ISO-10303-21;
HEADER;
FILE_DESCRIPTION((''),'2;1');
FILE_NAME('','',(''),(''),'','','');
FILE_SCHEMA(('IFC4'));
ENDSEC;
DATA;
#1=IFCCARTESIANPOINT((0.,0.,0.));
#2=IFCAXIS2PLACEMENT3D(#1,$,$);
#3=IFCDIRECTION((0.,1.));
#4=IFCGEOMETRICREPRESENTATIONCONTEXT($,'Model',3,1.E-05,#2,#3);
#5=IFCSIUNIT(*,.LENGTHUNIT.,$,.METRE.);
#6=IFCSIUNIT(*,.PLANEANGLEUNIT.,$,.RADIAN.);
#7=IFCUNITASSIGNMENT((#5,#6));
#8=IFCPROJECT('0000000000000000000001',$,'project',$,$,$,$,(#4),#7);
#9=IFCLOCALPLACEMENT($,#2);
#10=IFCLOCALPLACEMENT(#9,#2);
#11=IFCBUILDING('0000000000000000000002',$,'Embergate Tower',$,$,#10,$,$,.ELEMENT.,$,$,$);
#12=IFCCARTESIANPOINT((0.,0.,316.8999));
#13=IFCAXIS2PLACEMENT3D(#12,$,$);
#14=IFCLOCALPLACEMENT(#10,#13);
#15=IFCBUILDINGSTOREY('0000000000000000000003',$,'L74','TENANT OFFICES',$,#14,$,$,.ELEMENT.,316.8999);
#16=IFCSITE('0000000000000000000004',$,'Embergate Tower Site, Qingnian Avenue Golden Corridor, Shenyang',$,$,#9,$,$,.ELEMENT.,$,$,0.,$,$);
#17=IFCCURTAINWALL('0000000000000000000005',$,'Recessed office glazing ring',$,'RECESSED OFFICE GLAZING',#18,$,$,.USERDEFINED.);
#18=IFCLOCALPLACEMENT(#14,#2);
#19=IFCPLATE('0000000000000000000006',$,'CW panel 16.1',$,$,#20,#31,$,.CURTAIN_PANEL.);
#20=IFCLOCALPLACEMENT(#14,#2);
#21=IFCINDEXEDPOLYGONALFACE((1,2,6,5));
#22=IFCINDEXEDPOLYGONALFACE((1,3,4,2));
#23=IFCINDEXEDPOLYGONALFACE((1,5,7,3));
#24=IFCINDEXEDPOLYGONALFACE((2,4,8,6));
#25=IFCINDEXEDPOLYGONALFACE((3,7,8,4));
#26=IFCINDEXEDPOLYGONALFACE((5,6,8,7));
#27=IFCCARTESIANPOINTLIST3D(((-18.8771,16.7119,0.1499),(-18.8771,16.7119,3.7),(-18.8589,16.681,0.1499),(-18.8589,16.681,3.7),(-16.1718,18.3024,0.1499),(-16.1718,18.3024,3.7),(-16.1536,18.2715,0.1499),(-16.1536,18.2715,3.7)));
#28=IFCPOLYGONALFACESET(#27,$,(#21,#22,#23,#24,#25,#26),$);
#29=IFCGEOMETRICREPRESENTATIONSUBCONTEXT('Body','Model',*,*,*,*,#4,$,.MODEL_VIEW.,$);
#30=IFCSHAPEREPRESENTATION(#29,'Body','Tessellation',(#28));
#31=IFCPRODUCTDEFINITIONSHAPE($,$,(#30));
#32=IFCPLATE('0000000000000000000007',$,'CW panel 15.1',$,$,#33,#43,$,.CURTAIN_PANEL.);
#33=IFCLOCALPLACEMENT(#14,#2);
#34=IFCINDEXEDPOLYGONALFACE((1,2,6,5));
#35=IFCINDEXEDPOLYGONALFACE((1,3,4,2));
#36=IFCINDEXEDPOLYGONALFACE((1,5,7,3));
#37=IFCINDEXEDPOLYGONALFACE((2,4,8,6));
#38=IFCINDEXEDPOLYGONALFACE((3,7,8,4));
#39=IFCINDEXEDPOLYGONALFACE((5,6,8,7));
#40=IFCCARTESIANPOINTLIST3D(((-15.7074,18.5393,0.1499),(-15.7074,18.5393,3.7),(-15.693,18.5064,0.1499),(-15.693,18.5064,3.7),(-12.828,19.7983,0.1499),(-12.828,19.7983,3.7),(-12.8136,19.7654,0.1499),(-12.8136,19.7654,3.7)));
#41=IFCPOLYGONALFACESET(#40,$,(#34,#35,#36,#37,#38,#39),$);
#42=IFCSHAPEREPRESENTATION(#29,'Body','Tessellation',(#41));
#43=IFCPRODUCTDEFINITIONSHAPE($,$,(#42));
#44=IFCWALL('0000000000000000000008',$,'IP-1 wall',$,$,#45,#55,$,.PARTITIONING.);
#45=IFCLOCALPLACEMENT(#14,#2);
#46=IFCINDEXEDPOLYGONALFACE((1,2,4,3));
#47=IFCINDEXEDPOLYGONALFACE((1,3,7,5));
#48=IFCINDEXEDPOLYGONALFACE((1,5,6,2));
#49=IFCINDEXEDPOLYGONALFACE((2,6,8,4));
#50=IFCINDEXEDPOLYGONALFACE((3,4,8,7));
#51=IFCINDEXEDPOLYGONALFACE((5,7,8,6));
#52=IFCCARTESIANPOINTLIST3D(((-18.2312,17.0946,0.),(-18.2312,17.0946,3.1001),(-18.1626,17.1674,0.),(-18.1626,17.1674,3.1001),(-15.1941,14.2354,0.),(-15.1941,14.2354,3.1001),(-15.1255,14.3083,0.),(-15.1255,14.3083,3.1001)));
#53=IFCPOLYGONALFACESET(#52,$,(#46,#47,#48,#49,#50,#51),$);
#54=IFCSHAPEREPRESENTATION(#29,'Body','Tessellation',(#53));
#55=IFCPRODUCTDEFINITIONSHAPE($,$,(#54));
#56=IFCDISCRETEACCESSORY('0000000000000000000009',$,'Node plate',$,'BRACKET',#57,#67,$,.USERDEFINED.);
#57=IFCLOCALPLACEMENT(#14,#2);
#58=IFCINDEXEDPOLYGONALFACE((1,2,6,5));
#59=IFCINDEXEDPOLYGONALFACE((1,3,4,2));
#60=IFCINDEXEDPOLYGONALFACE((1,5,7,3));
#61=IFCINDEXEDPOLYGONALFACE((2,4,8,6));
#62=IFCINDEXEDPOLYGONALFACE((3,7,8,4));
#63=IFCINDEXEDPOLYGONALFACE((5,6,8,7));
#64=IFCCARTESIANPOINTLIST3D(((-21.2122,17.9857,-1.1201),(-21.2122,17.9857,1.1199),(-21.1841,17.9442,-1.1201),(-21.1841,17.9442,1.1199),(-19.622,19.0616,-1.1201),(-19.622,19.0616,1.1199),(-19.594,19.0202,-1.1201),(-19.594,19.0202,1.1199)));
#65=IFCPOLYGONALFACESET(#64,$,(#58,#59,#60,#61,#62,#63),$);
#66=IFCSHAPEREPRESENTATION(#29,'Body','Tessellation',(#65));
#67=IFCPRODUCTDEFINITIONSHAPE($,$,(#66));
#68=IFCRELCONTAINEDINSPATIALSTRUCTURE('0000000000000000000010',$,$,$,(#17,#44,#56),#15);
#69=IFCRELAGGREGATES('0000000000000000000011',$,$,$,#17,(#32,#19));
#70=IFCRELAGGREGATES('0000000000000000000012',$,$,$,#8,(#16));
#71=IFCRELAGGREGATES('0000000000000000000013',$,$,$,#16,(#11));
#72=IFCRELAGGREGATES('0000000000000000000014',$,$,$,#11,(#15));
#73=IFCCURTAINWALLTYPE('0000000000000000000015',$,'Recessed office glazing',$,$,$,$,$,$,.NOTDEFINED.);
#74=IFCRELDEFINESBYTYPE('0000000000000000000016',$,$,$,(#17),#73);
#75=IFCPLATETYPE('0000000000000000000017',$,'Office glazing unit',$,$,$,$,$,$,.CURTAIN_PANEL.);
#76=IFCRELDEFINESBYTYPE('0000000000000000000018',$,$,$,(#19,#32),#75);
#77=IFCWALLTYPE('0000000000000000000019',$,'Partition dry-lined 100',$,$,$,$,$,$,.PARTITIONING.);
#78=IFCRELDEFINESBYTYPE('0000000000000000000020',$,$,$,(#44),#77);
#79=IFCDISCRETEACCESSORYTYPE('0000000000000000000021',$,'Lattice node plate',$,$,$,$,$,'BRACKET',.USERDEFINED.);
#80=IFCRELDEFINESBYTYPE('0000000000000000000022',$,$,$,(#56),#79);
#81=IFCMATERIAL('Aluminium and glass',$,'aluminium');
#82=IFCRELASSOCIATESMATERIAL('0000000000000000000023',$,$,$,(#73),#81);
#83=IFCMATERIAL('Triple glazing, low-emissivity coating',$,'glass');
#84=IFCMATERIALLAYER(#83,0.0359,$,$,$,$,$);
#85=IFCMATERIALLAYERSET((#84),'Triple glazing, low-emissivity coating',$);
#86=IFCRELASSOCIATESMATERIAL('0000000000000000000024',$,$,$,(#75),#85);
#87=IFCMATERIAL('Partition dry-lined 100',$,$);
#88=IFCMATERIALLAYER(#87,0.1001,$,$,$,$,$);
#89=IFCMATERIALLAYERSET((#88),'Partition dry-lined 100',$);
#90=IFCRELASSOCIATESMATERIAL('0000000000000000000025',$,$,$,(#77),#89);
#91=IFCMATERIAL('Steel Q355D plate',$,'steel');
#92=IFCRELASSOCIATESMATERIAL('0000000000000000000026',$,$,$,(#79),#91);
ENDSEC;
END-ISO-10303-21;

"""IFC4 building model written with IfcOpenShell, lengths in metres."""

from ifc_helpers import new_model, si_unit, direction, frame, frame_2d, origin, origin_2d, place, context, subcontext, project, spatial, rectangle, extrude, source, transform, mapped, material, layer, layer_set, type_object, element, aggregate, save


model = new_model("IFC4")

# Units and contexts
model_context = context("Model", 3, precision=1e-05, world=origin(), true_north=direction((0.0, 1.0)))
body_context = subcontext(model_context, "Body", "Model", "MODEL_VIEW")
ifc_project = project(units=[si_unit("LENGTHUNIT", "METRE"), si_unit("PLANEANGLEUNIT", "RADIAN")], contexts=[model_context])

# Site, building, storey
site_placement = place(None, origin())
site = spatial("IfcSite", under=ifc_project, at=site_placement, Name="Embergate Tower Site, Qingnian Avenue Golden Corridor, Shenyang", CompositionType="ELEMENT", RefElevation=0.0)
building_placement = place(site_placement, origin())
building = spatial("IfcBuilding", under=site, at=building_placement, Name="Embergate Tower", CompositionType="ELEMENT")
storey_placement = place(building_placement, frame((0.0, 0.0, 316.8999)))
storey = spatial("IfcBuildingStorey", under=building, at=storey_placement, Name="L74", Description="TENANT OFFICES", CompositionType="ELEMENT", Elevation=316.8999)

# Curtain wall, plates
ifc_material_1 = material(Name="Aluminium and glass", Category="aluminium")
curtain_wall_type = type_object("IfcCurtainWallType", Name="Recessed office glazing", PredefinedType="NOTDEFINED", material=ifc_material_1)
curtain_wall_placement = place(storey_placement, origin())
curtain_wall = element("IfcCurtainWall", 1, at=curtain_wall_placement, inside=storey, type_object=curtain_wall_type, Name="Recessed office glazing ring", ObjectType="RECESSED OFFICE GLAZING", PredefinedType="USERDEFINED")
ifc_material_2 = material(Name="Triple glazing, low-emissivity coating", Category="glass")
ifc_layer_1 = layer(ifc_material_2, 0.0359)
ifc_layer_set_1 = layer_set([ifc_layer_1], Name="Triple glazing, low-emissivity coating")
plate_type = type_object("IfcPlateType", Name="Office glazing unit", PredefinedType="CURTAIN_PANEL", material=ifc_layer_set_1)
shared_shape_1 = source(origin(), body_context, "Body", "SweptSolid", [
    extrude(rectangle(XDim=3.1382, YDim=0.0359, at=origin_2d()), origin(), (0.0, 0.0, 1.0), 3.55),
])
plate_1_placement = place(storey_placement, frame((-17.5154, 17.4917, 0.1499), z_axis=(0.0, 0.0, 1.0), x_axis=(-0.862051, -0.506821, 0.0)))
plate_1 = element("IfcPlate", 2, at=plate_1_placement, type_object=plate_type, Name="CW panel 16.1", PredefinedType="CURTAIN_PANEL", context=body_context, shape_type="MappedRepresentation", body=[
    mapped(shared_shape_1, transform((0.0, 0.0, 0.0))),
])
shared_shape_2 = source(origin(), body_context, "Body", "SweptSolid", [
    extrude(rectangle(XDim=3.1426, YDim=0.0359, at=origin_2d()), origin(), (0.0, 0.0, 1.0), 3.55),
])
plate_2_placement = place(storey_placement, frame((-14.2605, 19.1523, 0.1499), z_axis=(0.0, 0.0, 1.0), x_axis=(-0.916235, -0.400642, 0.0)))
plate_2 = element("IfcPlate", 3, at=plate_2_placement, type_object=plate_type, Name="CW panel 15.1", PredefinedType="CURTAIN_PANEL", context=body_context, shape_type="MappedRepresentation", body=[
    mapped(shared_shape_2, transform((0.0, 0.0, 0.0))),
])
aggregate(curtain_wall, [plate_2, plate_1])

# Wall
ifc_material_3 = material(Name="Partition dry-lined 100")
ifc_layer_2 = layer(ifc_material_3, 0.1001)
ifc_layer_set_2 = layer_set([ifc_layer_2], Name="Partition dry-lined 100")
wall_type = type_object("IfcWallType", Name="Partition dry-lined 100", PredefinedType="PARTITIONING", material=ifc_layer_set_2)
shared_shape_3 = source(origin(), body_context, "Body", "SweptSolid", [
    extrude(rectangle(XDim=4.1711, YDim=0.1001, at=frame_2d((2.0854, 0.0))), origin(), (0.0, 0.0, 1.0), 3.1001),
])
wall_placement = place(storey_placement, frame((-15.1599, 14.272, 0.0), z_axis=(0.0, 0.0, 1.0), x_axis=(-0.728119, 0.685451, 0.0)))
element("IfcWall", 4, at=wall_placement, inside=storey, type_object=wall_type, Name="IP-1 wall", PredefinedType="PARTITIONING", context=body_context, shape_type="MappedRepresentation", body=[
    mapped(shared_shape_3, transform((0.0, 0.0, 0.0))),
])

# Discrete accessory
ifc_material_4 = material(Name="Steel Q355D plate", Category="steel")
discrete_accessory_type = type_object("IfcDiscreteAccessoryType", Name="Lattice node plate", ElementType="BRACKET", PredefinedType="USERDEFINED", material=ifc_material_4)
shared_shape_4 = source(origin(), body_context, "Body", "SweptSolid", [
    extrude(rectangle(XDim=1.9199, YDim=0.05, at=origin_2d()), origin(), (0.0, 0.0, 1.0), 2.24),
])
discrete_accessory_placement = place(storey_placement, frame((-20.4031, 18.5029, -1.1201), z_axis=(0.0, 0.0, 1.0), x_axis=(-0.828227, -0.560393, 0.0)))
element("IfcDiscreteAccessory", 5, at=discrete_accessory_placement, inside=storey, type_object=discrete_accessory_type, Name="Node plate", ObjectType="BRACKET", PredefinedType="USERDEFINED", context=body_context, shape_type="MappedRepresentation", body=[
    mapped(shared_shape_4, transform((0.0, 0.0, 0.0))),
])

save(model, "model.ifc")
